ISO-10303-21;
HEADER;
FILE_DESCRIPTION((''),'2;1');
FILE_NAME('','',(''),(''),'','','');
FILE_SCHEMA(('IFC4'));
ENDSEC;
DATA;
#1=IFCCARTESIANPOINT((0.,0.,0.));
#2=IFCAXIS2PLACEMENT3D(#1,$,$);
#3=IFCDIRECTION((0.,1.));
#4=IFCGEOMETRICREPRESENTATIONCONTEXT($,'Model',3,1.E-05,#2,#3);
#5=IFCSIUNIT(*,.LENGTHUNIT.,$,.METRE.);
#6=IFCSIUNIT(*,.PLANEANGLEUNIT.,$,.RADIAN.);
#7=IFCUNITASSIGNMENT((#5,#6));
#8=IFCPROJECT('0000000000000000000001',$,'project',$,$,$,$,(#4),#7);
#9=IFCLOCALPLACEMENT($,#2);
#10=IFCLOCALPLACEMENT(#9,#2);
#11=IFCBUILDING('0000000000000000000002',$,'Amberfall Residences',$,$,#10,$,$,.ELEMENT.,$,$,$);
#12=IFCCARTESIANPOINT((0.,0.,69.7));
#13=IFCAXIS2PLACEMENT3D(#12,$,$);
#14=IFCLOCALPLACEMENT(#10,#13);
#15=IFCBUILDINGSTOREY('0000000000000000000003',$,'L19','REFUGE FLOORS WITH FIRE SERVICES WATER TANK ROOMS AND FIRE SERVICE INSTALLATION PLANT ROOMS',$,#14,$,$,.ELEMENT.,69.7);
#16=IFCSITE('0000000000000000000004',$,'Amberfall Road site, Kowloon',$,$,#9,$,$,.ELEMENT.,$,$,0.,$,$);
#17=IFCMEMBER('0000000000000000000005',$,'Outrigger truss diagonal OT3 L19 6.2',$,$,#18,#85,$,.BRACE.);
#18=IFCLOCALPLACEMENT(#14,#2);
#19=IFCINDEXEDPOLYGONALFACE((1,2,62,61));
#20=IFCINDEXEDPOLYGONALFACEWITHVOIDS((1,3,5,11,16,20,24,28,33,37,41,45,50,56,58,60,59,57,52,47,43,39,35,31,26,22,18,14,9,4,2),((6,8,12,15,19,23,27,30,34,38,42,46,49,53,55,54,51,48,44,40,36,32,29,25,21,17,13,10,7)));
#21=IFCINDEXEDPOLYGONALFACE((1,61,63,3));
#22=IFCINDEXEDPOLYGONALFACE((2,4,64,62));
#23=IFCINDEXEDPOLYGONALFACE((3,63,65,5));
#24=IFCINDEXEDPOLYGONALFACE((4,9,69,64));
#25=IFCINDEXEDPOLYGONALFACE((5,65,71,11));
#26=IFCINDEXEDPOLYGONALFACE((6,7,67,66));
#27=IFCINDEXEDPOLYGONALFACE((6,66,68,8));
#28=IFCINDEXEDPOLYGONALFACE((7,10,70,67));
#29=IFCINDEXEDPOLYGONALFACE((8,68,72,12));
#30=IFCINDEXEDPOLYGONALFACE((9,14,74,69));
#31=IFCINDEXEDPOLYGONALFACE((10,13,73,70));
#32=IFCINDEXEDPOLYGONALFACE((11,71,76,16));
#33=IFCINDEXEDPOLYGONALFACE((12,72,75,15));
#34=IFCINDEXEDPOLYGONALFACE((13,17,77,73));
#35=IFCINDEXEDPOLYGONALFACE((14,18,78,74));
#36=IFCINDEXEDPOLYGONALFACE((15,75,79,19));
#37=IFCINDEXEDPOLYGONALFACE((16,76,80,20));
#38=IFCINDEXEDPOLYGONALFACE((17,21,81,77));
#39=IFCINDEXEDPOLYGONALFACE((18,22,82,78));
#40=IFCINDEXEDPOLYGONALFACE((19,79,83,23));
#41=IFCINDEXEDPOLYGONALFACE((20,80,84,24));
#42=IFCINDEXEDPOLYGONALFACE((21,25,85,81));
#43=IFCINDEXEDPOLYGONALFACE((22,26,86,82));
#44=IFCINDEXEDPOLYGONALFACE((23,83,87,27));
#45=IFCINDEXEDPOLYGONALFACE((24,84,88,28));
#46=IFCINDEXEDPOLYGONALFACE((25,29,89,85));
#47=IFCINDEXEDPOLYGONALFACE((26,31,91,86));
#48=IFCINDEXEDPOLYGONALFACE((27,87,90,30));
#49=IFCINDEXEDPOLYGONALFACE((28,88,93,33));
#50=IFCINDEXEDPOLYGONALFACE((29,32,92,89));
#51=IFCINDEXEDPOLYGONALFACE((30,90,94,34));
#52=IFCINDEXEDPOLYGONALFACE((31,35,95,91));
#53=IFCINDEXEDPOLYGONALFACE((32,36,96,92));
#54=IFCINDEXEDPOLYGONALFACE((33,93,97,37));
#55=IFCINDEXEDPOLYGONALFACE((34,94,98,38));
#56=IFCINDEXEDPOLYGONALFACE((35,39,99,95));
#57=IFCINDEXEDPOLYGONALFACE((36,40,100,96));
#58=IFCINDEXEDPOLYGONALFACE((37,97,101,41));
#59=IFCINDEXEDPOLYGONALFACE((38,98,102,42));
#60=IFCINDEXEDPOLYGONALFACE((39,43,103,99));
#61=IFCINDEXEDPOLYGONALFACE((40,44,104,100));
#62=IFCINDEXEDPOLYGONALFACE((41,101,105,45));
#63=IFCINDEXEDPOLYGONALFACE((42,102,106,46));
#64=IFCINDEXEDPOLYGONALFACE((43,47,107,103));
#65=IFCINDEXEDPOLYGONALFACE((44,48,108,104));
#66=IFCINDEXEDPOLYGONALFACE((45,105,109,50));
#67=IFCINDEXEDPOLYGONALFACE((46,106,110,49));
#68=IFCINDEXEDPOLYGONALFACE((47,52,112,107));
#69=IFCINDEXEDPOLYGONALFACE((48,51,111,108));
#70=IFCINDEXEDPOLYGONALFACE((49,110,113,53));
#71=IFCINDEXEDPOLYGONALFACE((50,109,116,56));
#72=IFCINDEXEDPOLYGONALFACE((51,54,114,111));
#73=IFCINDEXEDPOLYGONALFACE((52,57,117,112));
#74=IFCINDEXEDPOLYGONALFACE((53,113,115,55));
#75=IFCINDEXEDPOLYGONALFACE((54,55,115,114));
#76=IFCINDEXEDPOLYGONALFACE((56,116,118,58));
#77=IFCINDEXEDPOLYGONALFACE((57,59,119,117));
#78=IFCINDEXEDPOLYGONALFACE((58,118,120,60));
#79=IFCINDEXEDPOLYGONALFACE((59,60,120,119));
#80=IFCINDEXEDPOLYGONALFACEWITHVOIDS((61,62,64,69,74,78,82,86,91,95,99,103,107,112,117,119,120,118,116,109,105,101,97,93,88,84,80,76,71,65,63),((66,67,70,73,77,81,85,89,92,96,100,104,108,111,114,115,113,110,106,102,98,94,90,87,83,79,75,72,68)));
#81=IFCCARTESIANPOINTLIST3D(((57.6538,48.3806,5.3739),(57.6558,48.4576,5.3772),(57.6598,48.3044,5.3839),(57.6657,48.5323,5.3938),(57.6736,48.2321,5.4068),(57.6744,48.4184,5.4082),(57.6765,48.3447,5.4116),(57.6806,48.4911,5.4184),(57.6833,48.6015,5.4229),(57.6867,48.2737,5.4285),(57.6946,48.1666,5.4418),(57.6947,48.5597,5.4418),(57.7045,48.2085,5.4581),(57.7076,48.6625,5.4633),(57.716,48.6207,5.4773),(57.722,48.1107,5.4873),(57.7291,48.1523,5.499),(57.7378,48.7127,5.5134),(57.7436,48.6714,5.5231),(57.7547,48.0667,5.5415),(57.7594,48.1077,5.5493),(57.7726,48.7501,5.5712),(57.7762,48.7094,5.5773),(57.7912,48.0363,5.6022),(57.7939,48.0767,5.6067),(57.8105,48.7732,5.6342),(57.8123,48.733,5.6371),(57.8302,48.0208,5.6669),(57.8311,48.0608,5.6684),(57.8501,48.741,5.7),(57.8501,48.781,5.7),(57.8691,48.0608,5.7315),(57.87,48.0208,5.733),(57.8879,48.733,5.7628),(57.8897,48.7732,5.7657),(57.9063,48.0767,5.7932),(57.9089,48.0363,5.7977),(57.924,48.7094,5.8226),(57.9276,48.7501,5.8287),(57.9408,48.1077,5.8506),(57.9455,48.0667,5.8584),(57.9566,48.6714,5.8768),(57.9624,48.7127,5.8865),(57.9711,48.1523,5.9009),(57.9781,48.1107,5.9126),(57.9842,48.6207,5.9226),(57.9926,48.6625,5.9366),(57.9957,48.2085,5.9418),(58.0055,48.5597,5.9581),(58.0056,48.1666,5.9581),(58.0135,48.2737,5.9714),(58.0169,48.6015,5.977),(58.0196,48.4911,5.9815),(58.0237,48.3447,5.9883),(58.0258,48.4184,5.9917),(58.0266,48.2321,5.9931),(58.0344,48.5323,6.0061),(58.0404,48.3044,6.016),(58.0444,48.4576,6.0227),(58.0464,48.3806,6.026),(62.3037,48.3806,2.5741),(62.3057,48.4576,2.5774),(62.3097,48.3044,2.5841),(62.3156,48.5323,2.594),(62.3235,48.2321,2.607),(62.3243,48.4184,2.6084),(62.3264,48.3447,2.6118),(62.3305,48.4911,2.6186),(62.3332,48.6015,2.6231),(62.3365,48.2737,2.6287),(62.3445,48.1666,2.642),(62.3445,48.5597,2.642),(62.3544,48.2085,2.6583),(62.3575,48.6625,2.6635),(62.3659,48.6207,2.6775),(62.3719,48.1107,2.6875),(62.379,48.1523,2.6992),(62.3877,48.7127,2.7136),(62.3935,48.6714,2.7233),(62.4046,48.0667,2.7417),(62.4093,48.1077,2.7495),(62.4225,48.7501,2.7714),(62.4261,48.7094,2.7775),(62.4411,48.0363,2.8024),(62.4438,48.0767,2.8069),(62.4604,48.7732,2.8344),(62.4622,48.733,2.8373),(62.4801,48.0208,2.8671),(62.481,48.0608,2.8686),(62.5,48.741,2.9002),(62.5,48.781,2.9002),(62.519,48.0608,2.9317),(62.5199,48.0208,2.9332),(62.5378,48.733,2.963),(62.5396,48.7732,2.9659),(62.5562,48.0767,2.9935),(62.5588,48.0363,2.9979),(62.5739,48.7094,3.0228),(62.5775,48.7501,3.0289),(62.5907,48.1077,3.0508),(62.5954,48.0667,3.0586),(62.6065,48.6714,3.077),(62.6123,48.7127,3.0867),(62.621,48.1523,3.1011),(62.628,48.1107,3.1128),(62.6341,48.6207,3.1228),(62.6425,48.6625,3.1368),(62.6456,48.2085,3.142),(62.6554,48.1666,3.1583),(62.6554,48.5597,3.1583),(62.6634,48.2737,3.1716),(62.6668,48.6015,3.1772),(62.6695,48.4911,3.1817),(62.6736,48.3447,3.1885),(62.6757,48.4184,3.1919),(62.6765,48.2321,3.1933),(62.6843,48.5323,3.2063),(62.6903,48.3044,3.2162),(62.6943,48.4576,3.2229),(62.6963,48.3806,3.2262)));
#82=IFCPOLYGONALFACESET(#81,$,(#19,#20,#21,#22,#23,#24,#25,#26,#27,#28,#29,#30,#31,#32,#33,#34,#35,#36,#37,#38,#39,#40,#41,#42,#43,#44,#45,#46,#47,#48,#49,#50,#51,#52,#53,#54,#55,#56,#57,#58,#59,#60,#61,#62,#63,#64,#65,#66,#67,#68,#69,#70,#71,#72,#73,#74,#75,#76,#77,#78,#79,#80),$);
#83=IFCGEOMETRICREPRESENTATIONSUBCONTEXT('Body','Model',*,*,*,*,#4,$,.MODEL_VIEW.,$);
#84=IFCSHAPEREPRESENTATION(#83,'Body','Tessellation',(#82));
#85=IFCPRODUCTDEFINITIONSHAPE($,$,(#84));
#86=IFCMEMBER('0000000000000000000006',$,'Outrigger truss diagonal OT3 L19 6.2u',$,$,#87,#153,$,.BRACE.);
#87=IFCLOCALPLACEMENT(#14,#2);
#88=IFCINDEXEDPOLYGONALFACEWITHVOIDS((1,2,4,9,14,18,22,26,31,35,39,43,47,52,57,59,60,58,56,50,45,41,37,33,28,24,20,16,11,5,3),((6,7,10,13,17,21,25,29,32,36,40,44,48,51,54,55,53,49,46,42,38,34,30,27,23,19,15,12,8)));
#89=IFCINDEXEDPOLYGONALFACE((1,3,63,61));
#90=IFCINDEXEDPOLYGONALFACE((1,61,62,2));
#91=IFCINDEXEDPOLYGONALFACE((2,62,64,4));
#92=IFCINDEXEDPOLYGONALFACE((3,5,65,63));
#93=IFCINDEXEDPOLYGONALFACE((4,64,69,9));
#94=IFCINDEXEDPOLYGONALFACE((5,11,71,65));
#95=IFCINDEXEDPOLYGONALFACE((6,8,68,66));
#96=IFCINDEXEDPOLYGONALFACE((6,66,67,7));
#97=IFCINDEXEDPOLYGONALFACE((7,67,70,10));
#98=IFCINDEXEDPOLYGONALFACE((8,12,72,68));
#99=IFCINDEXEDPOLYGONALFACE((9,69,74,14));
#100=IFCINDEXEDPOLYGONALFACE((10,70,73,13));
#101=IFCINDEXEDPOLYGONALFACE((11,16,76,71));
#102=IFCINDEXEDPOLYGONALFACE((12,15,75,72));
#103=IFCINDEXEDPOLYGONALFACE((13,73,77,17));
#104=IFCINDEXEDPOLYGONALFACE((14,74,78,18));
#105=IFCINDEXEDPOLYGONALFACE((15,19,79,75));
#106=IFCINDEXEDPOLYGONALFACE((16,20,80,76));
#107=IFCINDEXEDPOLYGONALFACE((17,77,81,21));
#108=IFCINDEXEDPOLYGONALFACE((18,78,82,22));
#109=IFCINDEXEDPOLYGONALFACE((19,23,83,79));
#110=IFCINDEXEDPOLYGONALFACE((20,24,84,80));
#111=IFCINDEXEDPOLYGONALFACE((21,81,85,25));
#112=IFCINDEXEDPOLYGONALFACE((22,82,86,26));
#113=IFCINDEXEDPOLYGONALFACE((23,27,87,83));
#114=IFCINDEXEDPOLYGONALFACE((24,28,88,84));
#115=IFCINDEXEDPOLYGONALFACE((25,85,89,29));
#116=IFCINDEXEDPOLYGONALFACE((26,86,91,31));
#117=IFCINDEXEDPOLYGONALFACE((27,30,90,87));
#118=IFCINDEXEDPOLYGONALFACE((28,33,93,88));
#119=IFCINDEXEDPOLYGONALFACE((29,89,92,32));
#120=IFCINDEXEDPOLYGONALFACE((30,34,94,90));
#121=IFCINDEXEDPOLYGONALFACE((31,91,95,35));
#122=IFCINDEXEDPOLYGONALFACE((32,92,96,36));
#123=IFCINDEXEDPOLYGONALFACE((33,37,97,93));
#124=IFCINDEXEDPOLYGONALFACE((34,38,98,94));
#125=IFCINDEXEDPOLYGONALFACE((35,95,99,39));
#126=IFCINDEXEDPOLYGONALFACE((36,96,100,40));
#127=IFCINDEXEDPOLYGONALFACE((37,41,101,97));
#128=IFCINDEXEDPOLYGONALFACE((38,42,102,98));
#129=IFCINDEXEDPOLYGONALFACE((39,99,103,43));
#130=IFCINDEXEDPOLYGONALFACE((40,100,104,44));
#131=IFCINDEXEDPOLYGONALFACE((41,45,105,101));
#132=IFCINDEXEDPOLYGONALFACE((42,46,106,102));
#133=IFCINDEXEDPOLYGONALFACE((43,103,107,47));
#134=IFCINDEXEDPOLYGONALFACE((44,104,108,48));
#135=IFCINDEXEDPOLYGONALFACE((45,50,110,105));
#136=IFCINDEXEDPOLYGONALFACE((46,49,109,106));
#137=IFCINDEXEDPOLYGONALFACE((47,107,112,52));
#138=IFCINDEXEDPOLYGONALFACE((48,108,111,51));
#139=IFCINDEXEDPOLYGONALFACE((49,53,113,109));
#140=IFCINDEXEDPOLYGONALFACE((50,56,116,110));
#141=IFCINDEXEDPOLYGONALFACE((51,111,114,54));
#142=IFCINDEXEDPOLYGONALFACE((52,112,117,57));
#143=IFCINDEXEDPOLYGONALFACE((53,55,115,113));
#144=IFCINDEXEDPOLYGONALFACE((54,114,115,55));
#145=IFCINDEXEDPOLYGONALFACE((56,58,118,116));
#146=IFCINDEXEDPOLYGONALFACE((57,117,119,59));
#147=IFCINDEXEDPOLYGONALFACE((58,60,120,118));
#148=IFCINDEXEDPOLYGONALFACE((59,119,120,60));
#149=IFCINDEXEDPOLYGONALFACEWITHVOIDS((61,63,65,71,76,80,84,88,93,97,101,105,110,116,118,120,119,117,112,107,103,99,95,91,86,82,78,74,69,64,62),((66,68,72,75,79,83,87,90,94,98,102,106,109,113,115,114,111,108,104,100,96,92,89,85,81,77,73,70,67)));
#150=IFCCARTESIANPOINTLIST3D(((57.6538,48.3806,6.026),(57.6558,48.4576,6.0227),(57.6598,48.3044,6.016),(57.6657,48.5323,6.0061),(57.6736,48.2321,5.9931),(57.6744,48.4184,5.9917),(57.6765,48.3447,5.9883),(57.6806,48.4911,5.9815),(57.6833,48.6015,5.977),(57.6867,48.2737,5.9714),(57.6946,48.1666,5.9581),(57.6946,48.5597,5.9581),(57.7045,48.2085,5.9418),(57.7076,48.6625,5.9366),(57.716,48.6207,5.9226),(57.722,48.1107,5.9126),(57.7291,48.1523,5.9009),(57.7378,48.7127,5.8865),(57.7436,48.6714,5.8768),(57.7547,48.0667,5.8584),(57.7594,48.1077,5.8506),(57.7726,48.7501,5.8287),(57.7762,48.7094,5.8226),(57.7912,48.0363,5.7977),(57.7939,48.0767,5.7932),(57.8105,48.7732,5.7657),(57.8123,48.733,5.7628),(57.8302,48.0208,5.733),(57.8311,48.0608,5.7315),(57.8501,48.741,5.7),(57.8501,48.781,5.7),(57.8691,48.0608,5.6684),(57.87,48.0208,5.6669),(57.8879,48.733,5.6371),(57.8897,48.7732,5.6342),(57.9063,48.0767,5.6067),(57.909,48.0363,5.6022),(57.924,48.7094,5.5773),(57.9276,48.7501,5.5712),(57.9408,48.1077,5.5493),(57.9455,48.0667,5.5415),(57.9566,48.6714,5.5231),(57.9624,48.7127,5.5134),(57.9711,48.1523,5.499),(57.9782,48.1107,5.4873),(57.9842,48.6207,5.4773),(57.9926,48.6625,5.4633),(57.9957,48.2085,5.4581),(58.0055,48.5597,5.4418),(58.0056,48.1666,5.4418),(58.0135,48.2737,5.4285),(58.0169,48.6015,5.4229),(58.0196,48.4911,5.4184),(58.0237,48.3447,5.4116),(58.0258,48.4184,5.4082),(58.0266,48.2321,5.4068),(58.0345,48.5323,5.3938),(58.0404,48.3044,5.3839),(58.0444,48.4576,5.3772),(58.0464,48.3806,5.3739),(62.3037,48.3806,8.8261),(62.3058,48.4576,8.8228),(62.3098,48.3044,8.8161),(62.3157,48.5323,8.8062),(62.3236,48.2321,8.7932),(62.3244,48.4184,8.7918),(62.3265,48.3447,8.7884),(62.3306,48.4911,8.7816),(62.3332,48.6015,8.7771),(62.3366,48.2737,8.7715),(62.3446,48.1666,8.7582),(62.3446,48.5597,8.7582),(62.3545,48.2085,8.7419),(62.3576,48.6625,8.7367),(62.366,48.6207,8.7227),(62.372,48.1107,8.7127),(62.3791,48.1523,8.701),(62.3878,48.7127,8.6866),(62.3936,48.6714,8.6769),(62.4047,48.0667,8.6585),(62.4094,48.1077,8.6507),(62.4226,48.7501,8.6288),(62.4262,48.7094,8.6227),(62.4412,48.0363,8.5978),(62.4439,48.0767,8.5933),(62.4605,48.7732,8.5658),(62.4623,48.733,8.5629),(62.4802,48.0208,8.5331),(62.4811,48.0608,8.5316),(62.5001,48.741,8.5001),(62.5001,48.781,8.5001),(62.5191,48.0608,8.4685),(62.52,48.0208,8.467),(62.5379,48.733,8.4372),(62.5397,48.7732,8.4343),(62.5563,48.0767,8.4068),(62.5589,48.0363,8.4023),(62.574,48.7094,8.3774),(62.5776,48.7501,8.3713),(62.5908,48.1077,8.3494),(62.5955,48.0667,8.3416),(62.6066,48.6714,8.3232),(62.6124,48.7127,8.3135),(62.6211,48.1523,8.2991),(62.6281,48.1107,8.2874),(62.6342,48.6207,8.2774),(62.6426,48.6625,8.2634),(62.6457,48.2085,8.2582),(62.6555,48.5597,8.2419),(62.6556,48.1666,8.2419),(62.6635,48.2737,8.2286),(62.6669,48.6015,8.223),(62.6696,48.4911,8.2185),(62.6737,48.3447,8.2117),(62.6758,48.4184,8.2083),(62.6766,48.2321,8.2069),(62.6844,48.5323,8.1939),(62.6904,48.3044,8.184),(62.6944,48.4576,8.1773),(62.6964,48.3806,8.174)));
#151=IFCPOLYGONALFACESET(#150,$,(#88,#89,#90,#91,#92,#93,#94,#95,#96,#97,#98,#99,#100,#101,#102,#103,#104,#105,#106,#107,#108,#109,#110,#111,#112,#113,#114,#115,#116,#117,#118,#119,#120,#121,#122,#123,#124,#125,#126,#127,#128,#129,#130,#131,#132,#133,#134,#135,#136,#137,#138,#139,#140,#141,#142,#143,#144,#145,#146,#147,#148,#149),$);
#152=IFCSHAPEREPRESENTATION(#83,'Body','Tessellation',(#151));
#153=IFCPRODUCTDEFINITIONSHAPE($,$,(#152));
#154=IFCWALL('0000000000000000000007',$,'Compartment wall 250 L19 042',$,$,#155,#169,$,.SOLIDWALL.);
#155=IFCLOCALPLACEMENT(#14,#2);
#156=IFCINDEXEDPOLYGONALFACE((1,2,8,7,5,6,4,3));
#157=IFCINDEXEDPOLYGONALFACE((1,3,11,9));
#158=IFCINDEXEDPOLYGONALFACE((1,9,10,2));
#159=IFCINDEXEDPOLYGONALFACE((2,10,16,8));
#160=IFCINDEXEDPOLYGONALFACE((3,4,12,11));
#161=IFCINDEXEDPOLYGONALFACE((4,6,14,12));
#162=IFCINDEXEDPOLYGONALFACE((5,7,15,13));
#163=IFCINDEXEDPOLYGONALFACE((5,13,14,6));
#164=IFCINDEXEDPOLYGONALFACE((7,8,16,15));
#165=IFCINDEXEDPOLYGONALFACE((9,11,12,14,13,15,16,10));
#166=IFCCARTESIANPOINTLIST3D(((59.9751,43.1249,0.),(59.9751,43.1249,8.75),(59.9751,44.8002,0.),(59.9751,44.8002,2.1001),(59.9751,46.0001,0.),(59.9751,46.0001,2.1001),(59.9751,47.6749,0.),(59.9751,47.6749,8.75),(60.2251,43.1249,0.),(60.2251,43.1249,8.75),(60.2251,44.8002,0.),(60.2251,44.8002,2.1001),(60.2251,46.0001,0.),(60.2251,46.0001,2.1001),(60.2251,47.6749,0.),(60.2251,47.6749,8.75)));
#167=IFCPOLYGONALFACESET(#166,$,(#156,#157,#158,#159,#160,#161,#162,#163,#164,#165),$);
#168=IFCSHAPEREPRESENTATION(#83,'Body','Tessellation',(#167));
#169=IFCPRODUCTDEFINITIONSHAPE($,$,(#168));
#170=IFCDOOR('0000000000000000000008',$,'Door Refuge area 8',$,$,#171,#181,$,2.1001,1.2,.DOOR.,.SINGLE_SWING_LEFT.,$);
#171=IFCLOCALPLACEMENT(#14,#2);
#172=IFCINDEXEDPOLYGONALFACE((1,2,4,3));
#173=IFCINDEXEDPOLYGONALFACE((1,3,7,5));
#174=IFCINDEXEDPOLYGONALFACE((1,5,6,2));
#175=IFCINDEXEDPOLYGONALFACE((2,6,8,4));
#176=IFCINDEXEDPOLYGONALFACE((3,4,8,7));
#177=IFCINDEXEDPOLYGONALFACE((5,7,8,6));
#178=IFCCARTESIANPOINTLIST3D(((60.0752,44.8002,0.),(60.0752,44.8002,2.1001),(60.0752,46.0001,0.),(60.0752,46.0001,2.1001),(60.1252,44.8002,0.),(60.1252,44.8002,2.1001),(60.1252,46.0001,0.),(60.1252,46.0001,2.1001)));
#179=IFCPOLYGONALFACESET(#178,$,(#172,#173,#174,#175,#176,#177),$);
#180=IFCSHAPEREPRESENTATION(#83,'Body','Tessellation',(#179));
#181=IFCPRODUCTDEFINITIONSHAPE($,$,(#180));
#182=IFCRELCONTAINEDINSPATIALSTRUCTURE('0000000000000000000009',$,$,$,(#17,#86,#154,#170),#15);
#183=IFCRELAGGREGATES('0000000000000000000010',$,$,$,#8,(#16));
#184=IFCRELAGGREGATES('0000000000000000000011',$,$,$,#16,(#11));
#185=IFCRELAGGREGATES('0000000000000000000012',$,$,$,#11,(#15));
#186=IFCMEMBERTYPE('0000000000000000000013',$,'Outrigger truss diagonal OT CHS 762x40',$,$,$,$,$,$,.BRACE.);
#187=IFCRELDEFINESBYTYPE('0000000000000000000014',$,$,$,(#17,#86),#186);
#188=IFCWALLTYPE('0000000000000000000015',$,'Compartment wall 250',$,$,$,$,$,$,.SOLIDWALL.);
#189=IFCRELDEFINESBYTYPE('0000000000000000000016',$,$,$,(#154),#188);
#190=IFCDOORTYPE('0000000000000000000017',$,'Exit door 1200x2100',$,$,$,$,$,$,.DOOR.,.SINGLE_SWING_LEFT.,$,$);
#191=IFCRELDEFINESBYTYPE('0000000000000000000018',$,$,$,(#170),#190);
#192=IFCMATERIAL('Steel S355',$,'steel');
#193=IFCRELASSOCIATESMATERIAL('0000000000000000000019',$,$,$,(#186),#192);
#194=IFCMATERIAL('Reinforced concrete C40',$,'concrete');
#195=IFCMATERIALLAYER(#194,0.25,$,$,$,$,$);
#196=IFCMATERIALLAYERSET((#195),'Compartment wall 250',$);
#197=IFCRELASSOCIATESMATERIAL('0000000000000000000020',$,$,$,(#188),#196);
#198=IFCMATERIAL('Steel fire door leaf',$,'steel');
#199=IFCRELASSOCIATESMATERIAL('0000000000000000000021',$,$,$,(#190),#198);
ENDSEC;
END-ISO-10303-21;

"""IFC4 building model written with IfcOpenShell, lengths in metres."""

from ifc_helpers import new_model, si_unit, direction, frame, frame_2d, origin, origin_2d, place, context, subcontext, project, spatial, rectangle, hollow_circle, extrude, material, layer, layer_set, material_profile, profile_set, type_object, element, fill, save


model = new_model("IFC4")

# Units and contexts
model_context = context("Model", 3, precision=1e-05, world=origin(), true_north=direction((0.0, 1.0)))
body_context = subcontext(model_context, "Body", "Model", "MODEL_VIEW")
ifc_project = project(units=[si_unit("LENGTHUNIT", "METRE"), si_unit("PLANEANGLEUNIT", "RADIAN")], contexts=[model_context])

# Site, building, storey
site_placement = place(None, origin())
site = spatial("IfcSite", under=ifc_project, at=site_placement, Name="Amberfall Road site, Kowloon", CompositionType="ELEMENT", RefElevation=0.0)
building_placement = place(site_placement, origin())
building = spatial("IfcBuilding", under=site, at=building_placement, Name="Amberfall Residences", CompositionType="ELEMENT")
storey_placement = place(building_placement, frame((0.0, 0.0, 69.7)))
storey = spatial("IfcBuildingStorey", under=building, at=storey_placement, Name="L19", Description="REFUGE FLOORS WITH FIRE SERVICES WATER TANK ROOMS AND FIRE SERVICE INSTALLATION PLANT ROOMS", CompositionType="ELEMENT", Elevation=69.7)

# Members
ifc_material_1 = material(Name="Steel S355", Category="steel")
ifc_material_profile = material_profile(ifc_material_1, hollow_circle(Radius=0.3811, WallThickness=0.04, at=origin_2d()), Name="CHS 762x40")
ifc_profile_set = profile_set([ifc_material_profile], Name="Steel S355")
member_type = type_object("IfcMemberType", Name="Outrigger truss diagonal OT CHS 762x40", PredefinedType="BRACE", material=ifc_profile_set)
member_1_placement = place(storey_placement, frame((57.8501, 48.3999, 5.7), z_axis=(0.85669, 0.0, -0.515831), x_axis=(0.0, 1.0, 0.0)))
element("IfcMember", 1, at=member_1_placement, inside=storey, type_object=member_type, Name="Outrigger truss diagonal OT3 L19 6.2", PredefinedType="BRACE", context=body_context, shape_type="SweptSolid", body=[
    extrude(hollow_circle(Radius=0.3811, WallThickness=0.04, at=origin_2d()), origin(), (0.0, 0.0, 1.0), 5.4277),
])
member_2_placement = place(storey_placement, frame((57.8501, 48.3999, 5.7), z_axis=(0.85667, 0.0, 0.515864), x_axis=(0.0, 1.0, 0.0)))
element("IfcMember", 2, at=member_2_placement, inside=storey, type_object=member_type, Name="Outrigger truss diagonal OT3 L19 6.2u", PredefinedType="BRACE", context=body_context, shape_type="SweptSolid", body=[
    extrude(hollow_circle(Radius=0.3811, WallThickness=0.04, at=origin_2d()), origin(), (0.0, 0.0, 1.0), 5.428),
])

# Wall, opening, door
ifc_material_2 = material(Name="Reinforced concrete C40", Category="concrete")
ifc_layer_1 = layer(ifc_material_2, 0.25)
ifc_layer_set_1 = layer_set([ifc_layer_1], Name="Compartment wall 250")
wall_type_1 = type_object("IfcWallType", Name="Compartment wall 250", PredefinedType="SOLIDWALL", material=ifc_layer_set_1)
wall_1_placement = place(storey_placement, frame((60.1001, 43.125, 0.0), z_axis=(0.0, 0.0, 1.0), x_axis=(0.0, 1.0, 0.0)))
wall_1 = element("IfcWall", 3, at=wall_1_placement, inside=storey, type_object=wall_type_1, Name="Compartment wall 250 L19 042", PredefinedType="SOLIDWALL", context=body_context, shape_type="SweptSolid", body=[
    extrude(rectangle(XDim=4.55, YDim=0.25, at=frame_2d((2.2749, 0.0))), origin(), (0.0, 0.0, 1.0), 8.75),
])
opening_1_placement = place(wall_1_placement, frame((1.675, 0.0, 0.0)))
opening_1 = element("IfcOpeningElement", 4, at=opening_1_placement, cuts=wall_1, PredefinedType="OPENING", context=body_context, shape_type="SweptSolid", body=[
    extrude(rectangle(XDim=1.2, YDim=2.1001, at=frame_2d((0.6001, 1.05))), frame((0.0, 0.135, 0.0), z_axis=(0.0, -1.0, 0.0), x_axis=(1.0, 0.0, 0.0)), (0.0, 0.0, 1.0), 0.27),
])
ifc_material_3 = material(Name="Steel fire door leaf", Category="steel")
door_type_1 = type_object("IfcDoorType", Name="Exit door 1200x2100", OperationType="SINGLE_SWING_LEFT", PredefinedType="DOOR", material=ifc_material_3)
door_1_placement = place(opening_1_placement, origin())
door_1 = element("IfcDoor", 5, at=door_1_placement, inside=storey, type_object=door_type_1, Name="Door Refuge area 8", OperationType="SINGLE_SWING_LEFT", OverallHeight=2.1001, OverallWidth=1.2, PredefinedType="DOOR", context=body_context, shape_type="SweptSolid", body=[
    extrude(rectangle(XDim=1.2, YDim=2.1001, at=frame_2d((0.6001, 1.05))), frame((0.0, 0.0249, 0.0), z_axis=(0.0, -1.0, 0.0), x_axis=(1.0, 0.0, 0.0)), (0.0, 0.0, 1.0), 0.05),
])
fill(opening_1, door_1)

save(model, "model.ifc")
